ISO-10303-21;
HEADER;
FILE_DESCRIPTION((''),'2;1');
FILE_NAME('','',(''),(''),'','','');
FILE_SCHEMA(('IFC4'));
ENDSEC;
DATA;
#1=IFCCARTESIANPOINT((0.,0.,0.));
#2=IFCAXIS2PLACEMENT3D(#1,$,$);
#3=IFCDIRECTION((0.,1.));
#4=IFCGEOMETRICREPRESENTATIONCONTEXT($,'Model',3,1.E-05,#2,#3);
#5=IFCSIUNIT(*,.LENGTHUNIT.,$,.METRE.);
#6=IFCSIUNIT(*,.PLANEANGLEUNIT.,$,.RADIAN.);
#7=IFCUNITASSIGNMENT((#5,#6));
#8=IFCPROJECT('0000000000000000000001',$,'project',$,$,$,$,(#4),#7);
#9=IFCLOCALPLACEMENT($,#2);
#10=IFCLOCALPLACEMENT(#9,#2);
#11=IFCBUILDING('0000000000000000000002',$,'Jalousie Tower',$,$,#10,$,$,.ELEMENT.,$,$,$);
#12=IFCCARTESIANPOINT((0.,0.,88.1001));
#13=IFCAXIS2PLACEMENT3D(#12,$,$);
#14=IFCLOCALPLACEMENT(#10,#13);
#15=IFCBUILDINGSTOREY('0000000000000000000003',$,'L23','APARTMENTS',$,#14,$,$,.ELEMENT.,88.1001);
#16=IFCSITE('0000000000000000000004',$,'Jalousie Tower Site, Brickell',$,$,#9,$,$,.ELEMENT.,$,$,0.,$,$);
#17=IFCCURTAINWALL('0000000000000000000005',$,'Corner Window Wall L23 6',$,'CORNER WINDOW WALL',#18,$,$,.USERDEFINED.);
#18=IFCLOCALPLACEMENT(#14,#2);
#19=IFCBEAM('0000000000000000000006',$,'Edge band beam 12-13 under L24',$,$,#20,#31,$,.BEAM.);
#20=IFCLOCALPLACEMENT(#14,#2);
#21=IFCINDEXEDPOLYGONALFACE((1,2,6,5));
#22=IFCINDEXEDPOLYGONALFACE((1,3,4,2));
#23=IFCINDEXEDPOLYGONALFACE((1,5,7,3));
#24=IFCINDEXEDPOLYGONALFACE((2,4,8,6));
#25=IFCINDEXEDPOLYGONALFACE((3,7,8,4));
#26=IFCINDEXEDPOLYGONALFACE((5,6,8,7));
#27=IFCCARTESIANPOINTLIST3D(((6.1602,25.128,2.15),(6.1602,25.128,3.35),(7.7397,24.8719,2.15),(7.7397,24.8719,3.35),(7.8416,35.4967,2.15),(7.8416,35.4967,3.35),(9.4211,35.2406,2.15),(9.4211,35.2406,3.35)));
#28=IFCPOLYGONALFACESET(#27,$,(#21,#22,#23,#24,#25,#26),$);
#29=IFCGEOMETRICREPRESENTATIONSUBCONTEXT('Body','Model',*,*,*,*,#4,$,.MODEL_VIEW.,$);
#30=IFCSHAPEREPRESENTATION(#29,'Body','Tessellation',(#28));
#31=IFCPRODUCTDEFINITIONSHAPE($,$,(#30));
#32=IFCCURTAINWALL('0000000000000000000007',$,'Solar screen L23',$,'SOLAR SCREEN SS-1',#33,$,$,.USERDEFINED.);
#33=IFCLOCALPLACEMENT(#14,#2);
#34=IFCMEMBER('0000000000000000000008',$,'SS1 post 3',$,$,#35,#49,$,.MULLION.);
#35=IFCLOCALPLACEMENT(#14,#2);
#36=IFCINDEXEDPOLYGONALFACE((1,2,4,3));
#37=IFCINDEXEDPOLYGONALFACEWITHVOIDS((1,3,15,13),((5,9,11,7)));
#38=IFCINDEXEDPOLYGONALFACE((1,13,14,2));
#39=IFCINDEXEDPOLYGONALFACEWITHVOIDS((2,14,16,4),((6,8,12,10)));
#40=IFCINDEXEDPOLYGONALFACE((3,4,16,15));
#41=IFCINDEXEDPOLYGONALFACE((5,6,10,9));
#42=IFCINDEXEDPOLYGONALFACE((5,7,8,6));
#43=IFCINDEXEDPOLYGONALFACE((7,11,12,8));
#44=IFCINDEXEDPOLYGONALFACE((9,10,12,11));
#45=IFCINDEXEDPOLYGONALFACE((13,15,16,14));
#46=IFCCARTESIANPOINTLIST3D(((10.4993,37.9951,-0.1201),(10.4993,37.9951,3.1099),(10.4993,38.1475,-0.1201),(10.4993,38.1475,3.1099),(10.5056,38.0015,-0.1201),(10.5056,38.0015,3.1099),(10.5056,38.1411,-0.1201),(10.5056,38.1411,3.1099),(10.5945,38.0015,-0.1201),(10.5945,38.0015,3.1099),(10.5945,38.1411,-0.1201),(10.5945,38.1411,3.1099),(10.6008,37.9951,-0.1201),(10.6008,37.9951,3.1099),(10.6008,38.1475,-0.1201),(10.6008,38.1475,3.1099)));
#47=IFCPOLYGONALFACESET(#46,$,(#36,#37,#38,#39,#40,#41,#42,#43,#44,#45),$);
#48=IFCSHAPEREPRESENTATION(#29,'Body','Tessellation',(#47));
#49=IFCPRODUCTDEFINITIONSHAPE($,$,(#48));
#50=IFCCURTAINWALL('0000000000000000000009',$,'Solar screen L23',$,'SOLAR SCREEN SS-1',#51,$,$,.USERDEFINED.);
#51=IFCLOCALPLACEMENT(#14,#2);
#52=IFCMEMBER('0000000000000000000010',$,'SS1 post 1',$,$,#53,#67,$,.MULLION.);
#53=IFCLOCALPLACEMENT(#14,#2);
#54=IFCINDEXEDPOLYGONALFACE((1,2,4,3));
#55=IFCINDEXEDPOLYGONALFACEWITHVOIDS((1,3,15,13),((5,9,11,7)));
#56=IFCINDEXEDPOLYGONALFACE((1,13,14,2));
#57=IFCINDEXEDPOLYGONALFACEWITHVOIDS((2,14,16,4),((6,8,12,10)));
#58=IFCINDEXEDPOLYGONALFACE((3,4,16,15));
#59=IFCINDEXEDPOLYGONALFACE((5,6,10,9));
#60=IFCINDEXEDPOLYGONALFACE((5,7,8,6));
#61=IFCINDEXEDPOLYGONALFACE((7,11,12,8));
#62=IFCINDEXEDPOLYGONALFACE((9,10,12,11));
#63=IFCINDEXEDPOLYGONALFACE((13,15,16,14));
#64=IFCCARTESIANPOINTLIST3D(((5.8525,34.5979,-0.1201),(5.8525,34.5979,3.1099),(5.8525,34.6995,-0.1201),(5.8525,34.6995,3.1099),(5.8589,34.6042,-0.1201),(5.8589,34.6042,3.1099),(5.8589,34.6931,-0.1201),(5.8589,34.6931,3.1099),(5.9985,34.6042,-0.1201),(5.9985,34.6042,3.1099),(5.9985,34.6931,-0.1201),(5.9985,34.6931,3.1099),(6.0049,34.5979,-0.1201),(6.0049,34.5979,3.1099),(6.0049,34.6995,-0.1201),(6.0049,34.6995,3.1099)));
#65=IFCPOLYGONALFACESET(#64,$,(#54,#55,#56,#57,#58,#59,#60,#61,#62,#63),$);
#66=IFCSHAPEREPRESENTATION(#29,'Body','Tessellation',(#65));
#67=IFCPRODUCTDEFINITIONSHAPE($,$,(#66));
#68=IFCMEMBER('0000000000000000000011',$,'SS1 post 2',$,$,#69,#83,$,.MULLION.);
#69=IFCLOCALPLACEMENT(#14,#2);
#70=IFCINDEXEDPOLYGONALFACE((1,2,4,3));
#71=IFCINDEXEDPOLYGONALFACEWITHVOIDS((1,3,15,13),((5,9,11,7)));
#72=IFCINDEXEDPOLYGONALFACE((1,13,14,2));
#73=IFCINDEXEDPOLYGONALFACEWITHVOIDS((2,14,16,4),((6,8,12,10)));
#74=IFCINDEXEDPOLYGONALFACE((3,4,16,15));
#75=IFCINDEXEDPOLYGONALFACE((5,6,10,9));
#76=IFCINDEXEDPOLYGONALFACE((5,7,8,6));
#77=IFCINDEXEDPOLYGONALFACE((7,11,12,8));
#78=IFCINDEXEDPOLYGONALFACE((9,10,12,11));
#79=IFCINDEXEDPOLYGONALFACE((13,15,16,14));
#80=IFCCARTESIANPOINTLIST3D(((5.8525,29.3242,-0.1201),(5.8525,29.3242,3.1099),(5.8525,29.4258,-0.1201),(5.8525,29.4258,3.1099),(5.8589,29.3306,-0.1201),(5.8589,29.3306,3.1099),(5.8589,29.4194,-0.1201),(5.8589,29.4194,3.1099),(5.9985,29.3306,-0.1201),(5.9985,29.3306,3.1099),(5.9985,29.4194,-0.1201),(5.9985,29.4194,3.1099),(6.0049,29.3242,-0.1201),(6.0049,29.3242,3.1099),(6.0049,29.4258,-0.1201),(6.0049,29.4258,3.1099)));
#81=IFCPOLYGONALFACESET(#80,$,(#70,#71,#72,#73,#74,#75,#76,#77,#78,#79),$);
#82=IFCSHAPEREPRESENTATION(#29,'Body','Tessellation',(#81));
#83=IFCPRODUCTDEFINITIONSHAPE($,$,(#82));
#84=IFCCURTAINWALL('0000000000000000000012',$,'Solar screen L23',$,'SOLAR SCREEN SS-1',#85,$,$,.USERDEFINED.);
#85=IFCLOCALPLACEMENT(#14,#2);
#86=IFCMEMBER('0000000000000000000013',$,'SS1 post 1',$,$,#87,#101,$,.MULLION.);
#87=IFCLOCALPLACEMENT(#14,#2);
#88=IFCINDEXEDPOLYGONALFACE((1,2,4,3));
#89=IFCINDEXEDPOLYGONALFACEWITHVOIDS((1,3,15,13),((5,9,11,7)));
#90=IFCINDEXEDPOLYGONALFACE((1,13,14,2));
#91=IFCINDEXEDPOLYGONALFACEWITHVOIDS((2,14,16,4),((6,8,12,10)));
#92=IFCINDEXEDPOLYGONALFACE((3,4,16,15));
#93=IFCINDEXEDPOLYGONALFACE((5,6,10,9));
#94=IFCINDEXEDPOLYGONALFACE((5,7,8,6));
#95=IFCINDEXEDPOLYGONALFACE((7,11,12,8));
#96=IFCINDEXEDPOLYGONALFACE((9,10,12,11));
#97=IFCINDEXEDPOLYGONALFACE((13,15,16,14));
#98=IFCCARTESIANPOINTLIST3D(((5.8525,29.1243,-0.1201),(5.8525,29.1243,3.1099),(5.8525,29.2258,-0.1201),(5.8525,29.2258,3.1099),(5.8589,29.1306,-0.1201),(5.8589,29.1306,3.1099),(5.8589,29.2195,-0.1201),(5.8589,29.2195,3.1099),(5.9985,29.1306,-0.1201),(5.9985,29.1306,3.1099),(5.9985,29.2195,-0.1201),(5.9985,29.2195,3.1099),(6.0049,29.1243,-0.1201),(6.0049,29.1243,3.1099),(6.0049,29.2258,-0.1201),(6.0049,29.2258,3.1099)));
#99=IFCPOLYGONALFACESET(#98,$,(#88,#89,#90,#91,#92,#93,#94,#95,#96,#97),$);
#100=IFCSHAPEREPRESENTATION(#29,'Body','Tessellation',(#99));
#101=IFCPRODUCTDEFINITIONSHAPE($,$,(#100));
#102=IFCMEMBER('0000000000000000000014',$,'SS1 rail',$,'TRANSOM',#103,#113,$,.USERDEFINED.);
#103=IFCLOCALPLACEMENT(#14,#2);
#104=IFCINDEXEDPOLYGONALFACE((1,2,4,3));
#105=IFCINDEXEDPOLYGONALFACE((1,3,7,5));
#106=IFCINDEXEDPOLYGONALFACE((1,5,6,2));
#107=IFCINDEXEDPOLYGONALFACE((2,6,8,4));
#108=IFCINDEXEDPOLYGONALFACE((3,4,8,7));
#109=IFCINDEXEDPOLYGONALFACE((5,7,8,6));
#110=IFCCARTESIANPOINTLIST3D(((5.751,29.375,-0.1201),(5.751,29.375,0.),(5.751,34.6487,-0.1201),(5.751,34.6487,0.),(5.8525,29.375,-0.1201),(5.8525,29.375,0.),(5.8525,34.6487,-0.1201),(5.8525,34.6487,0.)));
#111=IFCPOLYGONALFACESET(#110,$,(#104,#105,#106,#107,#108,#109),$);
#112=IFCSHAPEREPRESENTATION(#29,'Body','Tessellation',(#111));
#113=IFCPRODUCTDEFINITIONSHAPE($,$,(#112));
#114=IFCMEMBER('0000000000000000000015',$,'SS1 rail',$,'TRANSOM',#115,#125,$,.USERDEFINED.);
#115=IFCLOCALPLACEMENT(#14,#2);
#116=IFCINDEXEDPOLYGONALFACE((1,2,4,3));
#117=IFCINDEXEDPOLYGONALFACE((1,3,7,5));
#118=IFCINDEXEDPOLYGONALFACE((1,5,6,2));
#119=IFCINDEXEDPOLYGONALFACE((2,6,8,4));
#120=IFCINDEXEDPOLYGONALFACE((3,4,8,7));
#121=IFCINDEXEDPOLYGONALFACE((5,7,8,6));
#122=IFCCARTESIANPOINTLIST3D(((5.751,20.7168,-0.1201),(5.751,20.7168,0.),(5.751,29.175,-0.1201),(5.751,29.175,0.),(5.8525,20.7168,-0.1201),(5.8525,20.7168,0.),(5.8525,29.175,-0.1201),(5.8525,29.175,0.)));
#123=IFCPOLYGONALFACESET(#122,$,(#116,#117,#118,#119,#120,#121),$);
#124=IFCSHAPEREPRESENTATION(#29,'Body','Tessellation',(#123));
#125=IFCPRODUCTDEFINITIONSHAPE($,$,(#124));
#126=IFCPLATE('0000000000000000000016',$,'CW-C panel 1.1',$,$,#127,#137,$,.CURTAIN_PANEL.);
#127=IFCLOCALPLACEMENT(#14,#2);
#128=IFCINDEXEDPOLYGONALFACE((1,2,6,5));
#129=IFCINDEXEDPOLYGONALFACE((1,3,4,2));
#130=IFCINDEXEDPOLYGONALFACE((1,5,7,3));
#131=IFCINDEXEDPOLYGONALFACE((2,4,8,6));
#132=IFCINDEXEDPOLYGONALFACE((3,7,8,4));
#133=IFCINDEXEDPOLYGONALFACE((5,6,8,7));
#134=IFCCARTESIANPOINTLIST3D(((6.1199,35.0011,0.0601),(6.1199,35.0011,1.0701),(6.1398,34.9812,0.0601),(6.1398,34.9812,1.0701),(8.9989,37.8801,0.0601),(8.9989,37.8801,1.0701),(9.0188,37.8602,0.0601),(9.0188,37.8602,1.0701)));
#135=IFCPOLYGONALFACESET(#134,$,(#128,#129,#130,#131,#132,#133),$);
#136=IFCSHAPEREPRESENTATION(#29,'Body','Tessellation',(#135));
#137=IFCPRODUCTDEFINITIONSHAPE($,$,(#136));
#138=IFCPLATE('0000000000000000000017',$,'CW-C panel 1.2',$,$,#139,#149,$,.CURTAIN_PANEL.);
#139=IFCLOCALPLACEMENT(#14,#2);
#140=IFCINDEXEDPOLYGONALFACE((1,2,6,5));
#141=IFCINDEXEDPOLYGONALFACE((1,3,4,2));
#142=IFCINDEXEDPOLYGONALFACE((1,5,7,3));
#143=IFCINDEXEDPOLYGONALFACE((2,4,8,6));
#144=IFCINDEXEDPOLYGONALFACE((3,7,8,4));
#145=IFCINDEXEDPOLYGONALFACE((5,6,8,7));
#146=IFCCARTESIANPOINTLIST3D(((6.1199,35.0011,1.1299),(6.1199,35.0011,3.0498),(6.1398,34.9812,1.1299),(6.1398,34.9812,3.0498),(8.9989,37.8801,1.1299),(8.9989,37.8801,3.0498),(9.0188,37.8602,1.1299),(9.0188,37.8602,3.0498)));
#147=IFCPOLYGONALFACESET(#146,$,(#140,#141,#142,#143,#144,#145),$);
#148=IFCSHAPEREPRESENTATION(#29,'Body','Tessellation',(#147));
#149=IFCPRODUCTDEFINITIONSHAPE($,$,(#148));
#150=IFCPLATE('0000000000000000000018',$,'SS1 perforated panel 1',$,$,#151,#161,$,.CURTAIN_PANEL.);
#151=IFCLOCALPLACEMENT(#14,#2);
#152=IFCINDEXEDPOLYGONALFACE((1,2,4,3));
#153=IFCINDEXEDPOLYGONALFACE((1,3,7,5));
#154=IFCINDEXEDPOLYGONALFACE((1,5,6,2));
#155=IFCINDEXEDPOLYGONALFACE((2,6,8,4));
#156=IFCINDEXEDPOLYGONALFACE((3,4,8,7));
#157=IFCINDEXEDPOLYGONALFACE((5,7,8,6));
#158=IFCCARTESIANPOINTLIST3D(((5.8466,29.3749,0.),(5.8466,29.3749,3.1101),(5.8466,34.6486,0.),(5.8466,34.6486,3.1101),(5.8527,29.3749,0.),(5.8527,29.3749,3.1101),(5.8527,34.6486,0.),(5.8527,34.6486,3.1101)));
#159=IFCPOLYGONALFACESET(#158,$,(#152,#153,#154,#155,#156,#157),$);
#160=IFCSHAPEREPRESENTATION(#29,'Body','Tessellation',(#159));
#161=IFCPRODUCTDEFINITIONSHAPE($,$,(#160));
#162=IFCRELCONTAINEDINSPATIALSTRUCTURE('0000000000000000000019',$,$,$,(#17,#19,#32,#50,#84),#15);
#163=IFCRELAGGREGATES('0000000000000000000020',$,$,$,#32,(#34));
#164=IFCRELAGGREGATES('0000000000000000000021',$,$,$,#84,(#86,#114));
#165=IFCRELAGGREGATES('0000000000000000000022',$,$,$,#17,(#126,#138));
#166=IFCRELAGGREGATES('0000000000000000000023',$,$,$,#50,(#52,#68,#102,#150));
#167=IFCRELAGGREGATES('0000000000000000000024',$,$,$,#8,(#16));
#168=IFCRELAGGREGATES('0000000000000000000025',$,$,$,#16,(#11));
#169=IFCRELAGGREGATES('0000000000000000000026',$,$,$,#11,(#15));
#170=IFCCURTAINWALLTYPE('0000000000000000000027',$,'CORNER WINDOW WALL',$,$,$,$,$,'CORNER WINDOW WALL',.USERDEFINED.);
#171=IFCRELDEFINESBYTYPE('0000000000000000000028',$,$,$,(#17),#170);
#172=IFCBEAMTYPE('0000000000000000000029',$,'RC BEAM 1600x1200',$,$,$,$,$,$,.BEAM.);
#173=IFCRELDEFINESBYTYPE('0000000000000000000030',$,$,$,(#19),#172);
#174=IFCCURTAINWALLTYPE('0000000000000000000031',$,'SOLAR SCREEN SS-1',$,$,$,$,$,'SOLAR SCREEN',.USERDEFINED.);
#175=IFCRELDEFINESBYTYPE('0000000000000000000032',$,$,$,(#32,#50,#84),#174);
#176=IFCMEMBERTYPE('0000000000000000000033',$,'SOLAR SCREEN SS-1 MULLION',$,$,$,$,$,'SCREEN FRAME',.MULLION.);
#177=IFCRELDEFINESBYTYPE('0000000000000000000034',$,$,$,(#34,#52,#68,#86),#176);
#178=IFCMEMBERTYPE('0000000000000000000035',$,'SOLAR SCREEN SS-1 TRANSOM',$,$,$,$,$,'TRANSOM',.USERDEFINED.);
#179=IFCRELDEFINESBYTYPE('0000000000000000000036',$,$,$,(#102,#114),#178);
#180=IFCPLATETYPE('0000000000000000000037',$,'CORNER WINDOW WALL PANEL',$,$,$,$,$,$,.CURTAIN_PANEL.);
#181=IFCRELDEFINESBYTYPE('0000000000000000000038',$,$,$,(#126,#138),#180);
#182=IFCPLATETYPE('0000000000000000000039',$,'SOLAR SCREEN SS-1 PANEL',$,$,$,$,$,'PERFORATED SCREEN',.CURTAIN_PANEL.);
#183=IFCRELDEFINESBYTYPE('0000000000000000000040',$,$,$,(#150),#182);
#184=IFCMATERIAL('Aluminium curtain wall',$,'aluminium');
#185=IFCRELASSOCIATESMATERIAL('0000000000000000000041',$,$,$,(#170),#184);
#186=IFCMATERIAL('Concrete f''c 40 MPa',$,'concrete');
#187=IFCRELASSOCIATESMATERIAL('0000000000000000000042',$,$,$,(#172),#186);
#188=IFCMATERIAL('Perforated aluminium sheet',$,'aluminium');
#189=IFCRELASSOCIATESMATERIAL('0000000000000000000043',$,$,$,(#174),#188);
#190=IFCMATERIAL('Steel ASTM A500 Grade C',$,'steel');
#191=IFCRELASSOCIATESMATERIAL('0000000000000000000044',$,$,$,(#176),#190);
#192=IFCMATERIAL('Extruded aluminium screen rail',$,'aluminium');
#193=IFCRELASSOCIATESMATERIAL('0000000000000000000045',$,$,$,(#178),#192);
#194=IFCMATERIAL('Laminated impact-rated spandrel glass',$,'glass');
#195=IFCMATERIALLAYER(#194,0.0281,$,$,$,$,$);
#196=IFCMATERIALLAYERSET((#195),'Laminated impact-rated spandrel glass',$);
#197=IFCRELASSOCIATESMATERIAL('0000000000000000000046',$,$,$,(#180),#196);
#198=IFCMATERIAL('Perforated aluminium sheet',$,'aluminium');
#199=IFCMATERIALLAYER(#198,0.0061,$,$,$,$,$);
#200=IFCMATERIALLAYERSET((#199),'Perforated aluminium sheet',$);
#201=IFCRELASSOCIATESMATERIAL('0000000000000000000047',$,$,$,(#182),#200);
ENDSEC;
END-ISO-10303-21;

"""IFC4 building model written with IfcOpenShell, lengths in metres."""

from ifc_helpers import new_model, si_unit, direction, frame, origin, origin_2d, place, context, subcontext, project, spatial, rectangle, hollow_rectangle, extrude, material, layer, layer_set, material_profile, profile_set, type_object, element, aggregate, save


model = new_model("IFC4")

# Units and contexts
model_context = context("Model", 3, precision=1e-05, world=origin(), true_north=direction((0.0, 1.0)))
body_context = subcontext(model_context, "Body", "Model", "MODEL_VIEW")
ifc_project = project(units=[si_unit("LENGTHUNIT", "METRE"), si_unit("PLANEANGLEUNIT", "RADIAN")], contexts=[model_context])

# Site, building, storey
site_placement = place(None, origin())
site = spatial("IfcSite", under=ifc_project, at=site_placement, Name="Jalousie Tower Site, Brickell", CompositionType="ELEMENT", RefElevation=0.0)
building_placement = place(site_placement, origin())
building = spatial("IfcBuilding", under=site, at=building_placement, Name="Jalousie Tower", CompositionType="ELEMENT")
storey_placement = place(building_placement, frame((0.0, 0.0, 88.1001)))
storey = spatial("IfcBuildingStorey", under=building, at=storey_placement, Name="L23", Description="APARTMENTS", CompositionType="ELEMENT", Elevation=88.1001)

# Curtain wall
ifc_material_1 = material(Name="Aluminium curtain wall", Category="aluminium")
curtain_wall_type_1 = type_object("IfcCurtainWallType", Name="CORNER WINDOW WALL", ElementType="CORNER WINDOW WALL", PredefinedType="USERDEFINED", material=ifc_material_1)
curtain_wall_1_placement = place(storey_placement, origin())
curtain_wall_1 = element("IfcCurtainWall", 1, at=curtain_wall_1_placement, inside=storey, type_object=curtain_wall_type_1, Name="Corner Window Wall L23 6", ObjectType="CORNER WINDOW WALL", PredefinedType="USERDEFINED")

# Beam
ifc_material_2 = material(Name="Concrete f'c 40 MPa", Category="concrete")
ifc_material_profile_1 = material_profile(ifc_material_2, rectangle(XDim=1.6001, YDim=1.2, at=origin_2d()), Name="RC 1600x1200")
ifc_profile_set_1 = profile_set([ifc_material_profile_1], Name="Concrete f'c 40 MPa")
beam_type_1 = type_object("IfcBeamType", Name="RC BEAM 1600x1200", PredefinedType="BEAM", material=ifc_profile_set_1)
beam_1_placement = place(storey_placement, frame((8.6313, 35.3687, 2.75), z_axis=(-0.160071, -0.987106, 0.0), x_axis=(0.987106, -0.160071, 0.0)))
element("IfcBeam", 2, at=beam_1_placement, inside=storey, type_object=beam_type_1, Name="Edge band beam 12-13 under L24", PredefinedType="BEAM", context=body_context, shape_type="SweptSolid", body=[
    extrude(rectangle(XDim=1.6001, YDim=1.2, at=origin_2d()), origin(), (0.0, 0.0, 1.0), 10.5042),
])

# Curtain wall, member
ifc_material_3 = material(Name="Perforated aluminium sheet", Category="aluminium")
curtain_wall_type_2 = type_object("IfcCurtainWallType", Name="SOLAR SCREEN SS-1", ElementType="SOLAR SCREEN", PredefinedType="USERDEFINED", material=ifc_material_3)
curtain_wall_2_placement = place(storey_placement, origin())
curtain_wall_2 = element("IfcCurtainWall", 3, at=curtain_wall_2_placement, inside=storey, type_object=curtain_wall_type_2, Name="Solar screen L23", ObjectType="SOLAR SCREEN SS-1", PredefinedType="USERDEFINED")
ifc_material_4 = material(Name="Steel ASTM A500 Grade C", Category="steel")
ifc_material_profile_2 = material_profile(ifc_material_4, hollow_rectangle(XDim=0.1016, YDim=0.1523, WallThickness=0.0063, at=origin_2d()), Name="HSS6X4X1/4")
ifc_profile_set_2 = profile_set([ifc_material_profile_2], Name="Steel ASTM A500 Grade C")
member_type_1 = type_object("IfcMemberType", Name="SOLAR SCREEN SS-1 MULLION", ElementType="SCREEN FRAME", PredefinedType="MULLION", material=ifc_profile_set_2)
member_1_placement = place(storey_placement, frame((10.55, 38.0713, -0.1201), z_axis=(0.0, 0.0, 1.0), x_axis=(-1.0, 0.0, 0.0)))
member_1 = element("IfcMember", 4, at=member_1_placement, type_object=member_type_1, Name="SS1 post 3", PredefinedType="MULLION", context=body_context, shape_type="SweptSolid", body=[
    extrude(hollow_rectangle(XDim=0.1016, YDim=0.1523, WallThickness=0.0063, at=origin_2d()), origin(), (0.0, 0.0, 1.0), 3.23),
])
aggregate(curtain_wall_2, [member_1])

# Curtain wall, members
curtain_wall_3_placement = place(storey_placement, origin())
curtain_wall_3 = element("IfcCurtainWall", 5, at=curtain_wall_3_placement, inside=storey, type_object=curtain_wall_type_2, Name="Solar screen L23", ObjectType="SOLAR SCREEN SS-1", PredefinedType="USERDEFINED")
member_2_placement = place(storey_placement, frame((5.9287, 34.6487, -0.1201), z_axis=(0.0, 0.0, 1.0), x_axis=(0.0, -1.0, 0.0)))
member_2 = element("IfcMember", 6, at=member_2_placement, type_object=member_type_1, Name="SS1 post 1", PredefinedType="MULLION", context=body_context, shape_type="SweptSolid", body=[
    extrude(hollow_rectangle(XDim=0.1016, YDim=0.1523, WallThickness=0.0063, at=origin_2d()), origin(), (0.0, 0.0, 1.0), 3.23),
])
member_3_placement = place(storey_placement, frame((5.9287, 29.375, -0.1201), z_axis=(0.0, 0.0, 1.0), x_axis=(0.0, -1.0, 0.0)))
member_3 = element("IfcMember", 7, at=member_3_placement, type_object=member_type_1, Name="SS1 post 2", PredefinedType="MULLION", context=body_context, shape_type="SweptSolid", body=[
    extrude(hollow_rectangle(XDim=0.1016, YDim=0.1523, WallThickness=0.0063, at=origin_2d()), origin(), (0.0, 0.0, 1.0), 3.23),
])

# Curtain wall, member
curtain_wall_4_placement = place(storey_placement, origin())
curtain_wall_4 = element("IfcCurtainWall", 8, at=curtain_wall_4_placement, inside=storey, type_object=curtain_wall_type_2, Name="Solar screen L23", ObjectType="SOLAR SCREEN SS-1", PredefinedType="USERDEFINED")
member_4_placement = place(storey_placement, frame((5.9287, 29.175, -0.1201), z_axis=(0.0, 0.0, 1.0), x_axis=(0.0, -1.0, 0.0)))
member_4 = element("IfcMember", 9, at=member_4_placement, type_object=member_type_1, Name="SS1 post 1", PredefinedType="MULLION", context=body_context, shape_type="SweptSolid", body=[
    extrude(hollow_rectangle(XDim=0.1016, YDim=0.1523, WallThickness=0.0063, at=origin_2d()), origin(), (0.0, 0.0, 1.0), 3.23),
])

# Members
ifc_material_5 = material(Name="Extruded aluminium screen rail", Category="aluminium")
ifc_material_profile_3 = material_profile(ifc_material_5, rectangle(XDim=0.1016, YDim=0.1201, at=origin_2d()), Name="RAIL 102x120")
ifc_profile_set_3 = profile_set([ifc_material_profile_3], Name="Extruded aluminium screen rail")
member_type_2 = type_object("IfcMemberType", Name="SOLAR SCREEN SS-1 TRANSOM", ElementType="TRANSOM", PredefinedType="USERDEFINED", material=ifc_profile_set_3)
member_5_placement = place(storey_placement, frame((5.8018, 34.6487, -0.0601), z_axis=(0.0, -1.0, 0.0), x_axis=(1.0, 0.0, 0.0)))
member_5 = element("IfcMember", 10, at=member_5_placement, type_object=member_type_2, Name="SS1 rail", ObjectType="TRANSOM", PredefinedType="USERDEFINED", context=body_context, shape_type="SweptSolid", body=[
    extrude(rectangle(XDim=0.1016, YDim=0.1201, at=origin_2d()), origin(), (0.0, 0.0, 1.0), 5.2737),
])
member_6_placement = place(storey_placement, frame((5.8018, 29.175, -0.0601), z_axis=(0.0, -1.0, 0.0), x_axis=(1.0, 0.0, 0.0)))
member_6 = element("IfcMember", 11, at=member_6_placement, type_object=member_type_2, Name="SS1 rail", ObjectType="TRANSOM", PredefinedType="USERDEFINED", context=body_context, shape_type="SweptSolid", body=[
    extrude(rectangle(XDim=0.1016, YDim=0.1201, at=origin_2d()), origin(), (0.0, 0.0, 1.0), 8.4583),
])
aggregate(curtain_wall_4, [member_4, member_6])

# Plates
ifc_material_6 = material(Name="Laminated impact-rated spandrel glass", Category="glass")
ifc_layer_1 = layer(ifc_material_6, 0.0281)
ifc_layer_set_1 = layer_set([ifc_layer_1], Name="Laminated impact-rated spandrel glass")
plate_type_1 = type_object("IfcPlateType", Name="CORNER WINDOW WALL PANEL", PredefinedType="CURTAIN_PANEL", material=ifc_layer_set_1)
plate_1_placement = place(storey_placement, frame((7.5693, 36.4307, 0.0601), z_axis=(0.0, 0.0, 1.0), x_axis=(-0.707107, -0.707107, 0.0)))
plate_1 = element("IfcPlate", 12, at=plate_1_placement, type_object=plate_type_1, Name="CW-C panel 1.1", PredefinedType="CURTAIN_PANEL", context=body_context, shape_type="SweptSolid", body=[
    extrude(rectangle(XDim=4.0715, YDim=0.0281, at=origin_2d()), origin(), (0.0, 0.0, 1.0), 1.01),
])
plate_2_placement = place(storey_placement, frame((7.5693, 36.4307, 1.1299), z_axis=(0.0, 0.0, 1.0), x_axis=(-0.707107, -0.707107, 0.0)))
plate_2 = element("IfcPlate", 13, at=plate_2_placement, type_object=plate_type_1, Name="CW-C panel 1.2", PredefinedType="CURTAIN_PANEL", context=body_context, shape_type="SweptSolid", body=[
    extrude(rectangle(XDim=4.0715, YDim=0.0281, at=origin_2d()), origin(), (0.0, 0.0, 1.0), 1.9199),
])
aggregate(curtain_wall_1, [plate_1, plate_2])
ifc_material_7 = material(Name="Perforated aluminium sheet", Category="aluminium")
ifc_layer_2 = layer(ifc_material_7, 0.0061)
ifc_layer_set_2 = layer_set([ifc_layer_2], Name="Perforated aluminium sheet")
plate_type_2 = type_object("IfcPlateType", Name="SOLAR SCREEN SS-1 PANEL", ElementType="PERFORATED SCREEN", PredefinedType="CURTAIN_PANEL", material=ifc_layer_set_2)
plate_3_placement = place(storey_placement, frame((5.8496, 32.0117, 0.0), z_axis=(0.0, 0.0, 1.0), x_axis=(0.0, -1.0, 0.0)))
plate_3 = element("IfcPlate", 14, at=plate_3_placement, type_object=plate_type_2, Name="SS1 perforated panel 1", PredefinedType="CURTAIN_PANEL", context=body_context, shape_type="SweptSolid", body=[
    extrude(rectangle(XDim=5.2737, YDim=0.0061, at=origin_2d()), origin(), (0.0, 0.0, 1.0), 3.1101),
])
aggregate(curtain_wall_3, [member_2, member_3, member_5, plate_3])

save(model, "model.ifc")
